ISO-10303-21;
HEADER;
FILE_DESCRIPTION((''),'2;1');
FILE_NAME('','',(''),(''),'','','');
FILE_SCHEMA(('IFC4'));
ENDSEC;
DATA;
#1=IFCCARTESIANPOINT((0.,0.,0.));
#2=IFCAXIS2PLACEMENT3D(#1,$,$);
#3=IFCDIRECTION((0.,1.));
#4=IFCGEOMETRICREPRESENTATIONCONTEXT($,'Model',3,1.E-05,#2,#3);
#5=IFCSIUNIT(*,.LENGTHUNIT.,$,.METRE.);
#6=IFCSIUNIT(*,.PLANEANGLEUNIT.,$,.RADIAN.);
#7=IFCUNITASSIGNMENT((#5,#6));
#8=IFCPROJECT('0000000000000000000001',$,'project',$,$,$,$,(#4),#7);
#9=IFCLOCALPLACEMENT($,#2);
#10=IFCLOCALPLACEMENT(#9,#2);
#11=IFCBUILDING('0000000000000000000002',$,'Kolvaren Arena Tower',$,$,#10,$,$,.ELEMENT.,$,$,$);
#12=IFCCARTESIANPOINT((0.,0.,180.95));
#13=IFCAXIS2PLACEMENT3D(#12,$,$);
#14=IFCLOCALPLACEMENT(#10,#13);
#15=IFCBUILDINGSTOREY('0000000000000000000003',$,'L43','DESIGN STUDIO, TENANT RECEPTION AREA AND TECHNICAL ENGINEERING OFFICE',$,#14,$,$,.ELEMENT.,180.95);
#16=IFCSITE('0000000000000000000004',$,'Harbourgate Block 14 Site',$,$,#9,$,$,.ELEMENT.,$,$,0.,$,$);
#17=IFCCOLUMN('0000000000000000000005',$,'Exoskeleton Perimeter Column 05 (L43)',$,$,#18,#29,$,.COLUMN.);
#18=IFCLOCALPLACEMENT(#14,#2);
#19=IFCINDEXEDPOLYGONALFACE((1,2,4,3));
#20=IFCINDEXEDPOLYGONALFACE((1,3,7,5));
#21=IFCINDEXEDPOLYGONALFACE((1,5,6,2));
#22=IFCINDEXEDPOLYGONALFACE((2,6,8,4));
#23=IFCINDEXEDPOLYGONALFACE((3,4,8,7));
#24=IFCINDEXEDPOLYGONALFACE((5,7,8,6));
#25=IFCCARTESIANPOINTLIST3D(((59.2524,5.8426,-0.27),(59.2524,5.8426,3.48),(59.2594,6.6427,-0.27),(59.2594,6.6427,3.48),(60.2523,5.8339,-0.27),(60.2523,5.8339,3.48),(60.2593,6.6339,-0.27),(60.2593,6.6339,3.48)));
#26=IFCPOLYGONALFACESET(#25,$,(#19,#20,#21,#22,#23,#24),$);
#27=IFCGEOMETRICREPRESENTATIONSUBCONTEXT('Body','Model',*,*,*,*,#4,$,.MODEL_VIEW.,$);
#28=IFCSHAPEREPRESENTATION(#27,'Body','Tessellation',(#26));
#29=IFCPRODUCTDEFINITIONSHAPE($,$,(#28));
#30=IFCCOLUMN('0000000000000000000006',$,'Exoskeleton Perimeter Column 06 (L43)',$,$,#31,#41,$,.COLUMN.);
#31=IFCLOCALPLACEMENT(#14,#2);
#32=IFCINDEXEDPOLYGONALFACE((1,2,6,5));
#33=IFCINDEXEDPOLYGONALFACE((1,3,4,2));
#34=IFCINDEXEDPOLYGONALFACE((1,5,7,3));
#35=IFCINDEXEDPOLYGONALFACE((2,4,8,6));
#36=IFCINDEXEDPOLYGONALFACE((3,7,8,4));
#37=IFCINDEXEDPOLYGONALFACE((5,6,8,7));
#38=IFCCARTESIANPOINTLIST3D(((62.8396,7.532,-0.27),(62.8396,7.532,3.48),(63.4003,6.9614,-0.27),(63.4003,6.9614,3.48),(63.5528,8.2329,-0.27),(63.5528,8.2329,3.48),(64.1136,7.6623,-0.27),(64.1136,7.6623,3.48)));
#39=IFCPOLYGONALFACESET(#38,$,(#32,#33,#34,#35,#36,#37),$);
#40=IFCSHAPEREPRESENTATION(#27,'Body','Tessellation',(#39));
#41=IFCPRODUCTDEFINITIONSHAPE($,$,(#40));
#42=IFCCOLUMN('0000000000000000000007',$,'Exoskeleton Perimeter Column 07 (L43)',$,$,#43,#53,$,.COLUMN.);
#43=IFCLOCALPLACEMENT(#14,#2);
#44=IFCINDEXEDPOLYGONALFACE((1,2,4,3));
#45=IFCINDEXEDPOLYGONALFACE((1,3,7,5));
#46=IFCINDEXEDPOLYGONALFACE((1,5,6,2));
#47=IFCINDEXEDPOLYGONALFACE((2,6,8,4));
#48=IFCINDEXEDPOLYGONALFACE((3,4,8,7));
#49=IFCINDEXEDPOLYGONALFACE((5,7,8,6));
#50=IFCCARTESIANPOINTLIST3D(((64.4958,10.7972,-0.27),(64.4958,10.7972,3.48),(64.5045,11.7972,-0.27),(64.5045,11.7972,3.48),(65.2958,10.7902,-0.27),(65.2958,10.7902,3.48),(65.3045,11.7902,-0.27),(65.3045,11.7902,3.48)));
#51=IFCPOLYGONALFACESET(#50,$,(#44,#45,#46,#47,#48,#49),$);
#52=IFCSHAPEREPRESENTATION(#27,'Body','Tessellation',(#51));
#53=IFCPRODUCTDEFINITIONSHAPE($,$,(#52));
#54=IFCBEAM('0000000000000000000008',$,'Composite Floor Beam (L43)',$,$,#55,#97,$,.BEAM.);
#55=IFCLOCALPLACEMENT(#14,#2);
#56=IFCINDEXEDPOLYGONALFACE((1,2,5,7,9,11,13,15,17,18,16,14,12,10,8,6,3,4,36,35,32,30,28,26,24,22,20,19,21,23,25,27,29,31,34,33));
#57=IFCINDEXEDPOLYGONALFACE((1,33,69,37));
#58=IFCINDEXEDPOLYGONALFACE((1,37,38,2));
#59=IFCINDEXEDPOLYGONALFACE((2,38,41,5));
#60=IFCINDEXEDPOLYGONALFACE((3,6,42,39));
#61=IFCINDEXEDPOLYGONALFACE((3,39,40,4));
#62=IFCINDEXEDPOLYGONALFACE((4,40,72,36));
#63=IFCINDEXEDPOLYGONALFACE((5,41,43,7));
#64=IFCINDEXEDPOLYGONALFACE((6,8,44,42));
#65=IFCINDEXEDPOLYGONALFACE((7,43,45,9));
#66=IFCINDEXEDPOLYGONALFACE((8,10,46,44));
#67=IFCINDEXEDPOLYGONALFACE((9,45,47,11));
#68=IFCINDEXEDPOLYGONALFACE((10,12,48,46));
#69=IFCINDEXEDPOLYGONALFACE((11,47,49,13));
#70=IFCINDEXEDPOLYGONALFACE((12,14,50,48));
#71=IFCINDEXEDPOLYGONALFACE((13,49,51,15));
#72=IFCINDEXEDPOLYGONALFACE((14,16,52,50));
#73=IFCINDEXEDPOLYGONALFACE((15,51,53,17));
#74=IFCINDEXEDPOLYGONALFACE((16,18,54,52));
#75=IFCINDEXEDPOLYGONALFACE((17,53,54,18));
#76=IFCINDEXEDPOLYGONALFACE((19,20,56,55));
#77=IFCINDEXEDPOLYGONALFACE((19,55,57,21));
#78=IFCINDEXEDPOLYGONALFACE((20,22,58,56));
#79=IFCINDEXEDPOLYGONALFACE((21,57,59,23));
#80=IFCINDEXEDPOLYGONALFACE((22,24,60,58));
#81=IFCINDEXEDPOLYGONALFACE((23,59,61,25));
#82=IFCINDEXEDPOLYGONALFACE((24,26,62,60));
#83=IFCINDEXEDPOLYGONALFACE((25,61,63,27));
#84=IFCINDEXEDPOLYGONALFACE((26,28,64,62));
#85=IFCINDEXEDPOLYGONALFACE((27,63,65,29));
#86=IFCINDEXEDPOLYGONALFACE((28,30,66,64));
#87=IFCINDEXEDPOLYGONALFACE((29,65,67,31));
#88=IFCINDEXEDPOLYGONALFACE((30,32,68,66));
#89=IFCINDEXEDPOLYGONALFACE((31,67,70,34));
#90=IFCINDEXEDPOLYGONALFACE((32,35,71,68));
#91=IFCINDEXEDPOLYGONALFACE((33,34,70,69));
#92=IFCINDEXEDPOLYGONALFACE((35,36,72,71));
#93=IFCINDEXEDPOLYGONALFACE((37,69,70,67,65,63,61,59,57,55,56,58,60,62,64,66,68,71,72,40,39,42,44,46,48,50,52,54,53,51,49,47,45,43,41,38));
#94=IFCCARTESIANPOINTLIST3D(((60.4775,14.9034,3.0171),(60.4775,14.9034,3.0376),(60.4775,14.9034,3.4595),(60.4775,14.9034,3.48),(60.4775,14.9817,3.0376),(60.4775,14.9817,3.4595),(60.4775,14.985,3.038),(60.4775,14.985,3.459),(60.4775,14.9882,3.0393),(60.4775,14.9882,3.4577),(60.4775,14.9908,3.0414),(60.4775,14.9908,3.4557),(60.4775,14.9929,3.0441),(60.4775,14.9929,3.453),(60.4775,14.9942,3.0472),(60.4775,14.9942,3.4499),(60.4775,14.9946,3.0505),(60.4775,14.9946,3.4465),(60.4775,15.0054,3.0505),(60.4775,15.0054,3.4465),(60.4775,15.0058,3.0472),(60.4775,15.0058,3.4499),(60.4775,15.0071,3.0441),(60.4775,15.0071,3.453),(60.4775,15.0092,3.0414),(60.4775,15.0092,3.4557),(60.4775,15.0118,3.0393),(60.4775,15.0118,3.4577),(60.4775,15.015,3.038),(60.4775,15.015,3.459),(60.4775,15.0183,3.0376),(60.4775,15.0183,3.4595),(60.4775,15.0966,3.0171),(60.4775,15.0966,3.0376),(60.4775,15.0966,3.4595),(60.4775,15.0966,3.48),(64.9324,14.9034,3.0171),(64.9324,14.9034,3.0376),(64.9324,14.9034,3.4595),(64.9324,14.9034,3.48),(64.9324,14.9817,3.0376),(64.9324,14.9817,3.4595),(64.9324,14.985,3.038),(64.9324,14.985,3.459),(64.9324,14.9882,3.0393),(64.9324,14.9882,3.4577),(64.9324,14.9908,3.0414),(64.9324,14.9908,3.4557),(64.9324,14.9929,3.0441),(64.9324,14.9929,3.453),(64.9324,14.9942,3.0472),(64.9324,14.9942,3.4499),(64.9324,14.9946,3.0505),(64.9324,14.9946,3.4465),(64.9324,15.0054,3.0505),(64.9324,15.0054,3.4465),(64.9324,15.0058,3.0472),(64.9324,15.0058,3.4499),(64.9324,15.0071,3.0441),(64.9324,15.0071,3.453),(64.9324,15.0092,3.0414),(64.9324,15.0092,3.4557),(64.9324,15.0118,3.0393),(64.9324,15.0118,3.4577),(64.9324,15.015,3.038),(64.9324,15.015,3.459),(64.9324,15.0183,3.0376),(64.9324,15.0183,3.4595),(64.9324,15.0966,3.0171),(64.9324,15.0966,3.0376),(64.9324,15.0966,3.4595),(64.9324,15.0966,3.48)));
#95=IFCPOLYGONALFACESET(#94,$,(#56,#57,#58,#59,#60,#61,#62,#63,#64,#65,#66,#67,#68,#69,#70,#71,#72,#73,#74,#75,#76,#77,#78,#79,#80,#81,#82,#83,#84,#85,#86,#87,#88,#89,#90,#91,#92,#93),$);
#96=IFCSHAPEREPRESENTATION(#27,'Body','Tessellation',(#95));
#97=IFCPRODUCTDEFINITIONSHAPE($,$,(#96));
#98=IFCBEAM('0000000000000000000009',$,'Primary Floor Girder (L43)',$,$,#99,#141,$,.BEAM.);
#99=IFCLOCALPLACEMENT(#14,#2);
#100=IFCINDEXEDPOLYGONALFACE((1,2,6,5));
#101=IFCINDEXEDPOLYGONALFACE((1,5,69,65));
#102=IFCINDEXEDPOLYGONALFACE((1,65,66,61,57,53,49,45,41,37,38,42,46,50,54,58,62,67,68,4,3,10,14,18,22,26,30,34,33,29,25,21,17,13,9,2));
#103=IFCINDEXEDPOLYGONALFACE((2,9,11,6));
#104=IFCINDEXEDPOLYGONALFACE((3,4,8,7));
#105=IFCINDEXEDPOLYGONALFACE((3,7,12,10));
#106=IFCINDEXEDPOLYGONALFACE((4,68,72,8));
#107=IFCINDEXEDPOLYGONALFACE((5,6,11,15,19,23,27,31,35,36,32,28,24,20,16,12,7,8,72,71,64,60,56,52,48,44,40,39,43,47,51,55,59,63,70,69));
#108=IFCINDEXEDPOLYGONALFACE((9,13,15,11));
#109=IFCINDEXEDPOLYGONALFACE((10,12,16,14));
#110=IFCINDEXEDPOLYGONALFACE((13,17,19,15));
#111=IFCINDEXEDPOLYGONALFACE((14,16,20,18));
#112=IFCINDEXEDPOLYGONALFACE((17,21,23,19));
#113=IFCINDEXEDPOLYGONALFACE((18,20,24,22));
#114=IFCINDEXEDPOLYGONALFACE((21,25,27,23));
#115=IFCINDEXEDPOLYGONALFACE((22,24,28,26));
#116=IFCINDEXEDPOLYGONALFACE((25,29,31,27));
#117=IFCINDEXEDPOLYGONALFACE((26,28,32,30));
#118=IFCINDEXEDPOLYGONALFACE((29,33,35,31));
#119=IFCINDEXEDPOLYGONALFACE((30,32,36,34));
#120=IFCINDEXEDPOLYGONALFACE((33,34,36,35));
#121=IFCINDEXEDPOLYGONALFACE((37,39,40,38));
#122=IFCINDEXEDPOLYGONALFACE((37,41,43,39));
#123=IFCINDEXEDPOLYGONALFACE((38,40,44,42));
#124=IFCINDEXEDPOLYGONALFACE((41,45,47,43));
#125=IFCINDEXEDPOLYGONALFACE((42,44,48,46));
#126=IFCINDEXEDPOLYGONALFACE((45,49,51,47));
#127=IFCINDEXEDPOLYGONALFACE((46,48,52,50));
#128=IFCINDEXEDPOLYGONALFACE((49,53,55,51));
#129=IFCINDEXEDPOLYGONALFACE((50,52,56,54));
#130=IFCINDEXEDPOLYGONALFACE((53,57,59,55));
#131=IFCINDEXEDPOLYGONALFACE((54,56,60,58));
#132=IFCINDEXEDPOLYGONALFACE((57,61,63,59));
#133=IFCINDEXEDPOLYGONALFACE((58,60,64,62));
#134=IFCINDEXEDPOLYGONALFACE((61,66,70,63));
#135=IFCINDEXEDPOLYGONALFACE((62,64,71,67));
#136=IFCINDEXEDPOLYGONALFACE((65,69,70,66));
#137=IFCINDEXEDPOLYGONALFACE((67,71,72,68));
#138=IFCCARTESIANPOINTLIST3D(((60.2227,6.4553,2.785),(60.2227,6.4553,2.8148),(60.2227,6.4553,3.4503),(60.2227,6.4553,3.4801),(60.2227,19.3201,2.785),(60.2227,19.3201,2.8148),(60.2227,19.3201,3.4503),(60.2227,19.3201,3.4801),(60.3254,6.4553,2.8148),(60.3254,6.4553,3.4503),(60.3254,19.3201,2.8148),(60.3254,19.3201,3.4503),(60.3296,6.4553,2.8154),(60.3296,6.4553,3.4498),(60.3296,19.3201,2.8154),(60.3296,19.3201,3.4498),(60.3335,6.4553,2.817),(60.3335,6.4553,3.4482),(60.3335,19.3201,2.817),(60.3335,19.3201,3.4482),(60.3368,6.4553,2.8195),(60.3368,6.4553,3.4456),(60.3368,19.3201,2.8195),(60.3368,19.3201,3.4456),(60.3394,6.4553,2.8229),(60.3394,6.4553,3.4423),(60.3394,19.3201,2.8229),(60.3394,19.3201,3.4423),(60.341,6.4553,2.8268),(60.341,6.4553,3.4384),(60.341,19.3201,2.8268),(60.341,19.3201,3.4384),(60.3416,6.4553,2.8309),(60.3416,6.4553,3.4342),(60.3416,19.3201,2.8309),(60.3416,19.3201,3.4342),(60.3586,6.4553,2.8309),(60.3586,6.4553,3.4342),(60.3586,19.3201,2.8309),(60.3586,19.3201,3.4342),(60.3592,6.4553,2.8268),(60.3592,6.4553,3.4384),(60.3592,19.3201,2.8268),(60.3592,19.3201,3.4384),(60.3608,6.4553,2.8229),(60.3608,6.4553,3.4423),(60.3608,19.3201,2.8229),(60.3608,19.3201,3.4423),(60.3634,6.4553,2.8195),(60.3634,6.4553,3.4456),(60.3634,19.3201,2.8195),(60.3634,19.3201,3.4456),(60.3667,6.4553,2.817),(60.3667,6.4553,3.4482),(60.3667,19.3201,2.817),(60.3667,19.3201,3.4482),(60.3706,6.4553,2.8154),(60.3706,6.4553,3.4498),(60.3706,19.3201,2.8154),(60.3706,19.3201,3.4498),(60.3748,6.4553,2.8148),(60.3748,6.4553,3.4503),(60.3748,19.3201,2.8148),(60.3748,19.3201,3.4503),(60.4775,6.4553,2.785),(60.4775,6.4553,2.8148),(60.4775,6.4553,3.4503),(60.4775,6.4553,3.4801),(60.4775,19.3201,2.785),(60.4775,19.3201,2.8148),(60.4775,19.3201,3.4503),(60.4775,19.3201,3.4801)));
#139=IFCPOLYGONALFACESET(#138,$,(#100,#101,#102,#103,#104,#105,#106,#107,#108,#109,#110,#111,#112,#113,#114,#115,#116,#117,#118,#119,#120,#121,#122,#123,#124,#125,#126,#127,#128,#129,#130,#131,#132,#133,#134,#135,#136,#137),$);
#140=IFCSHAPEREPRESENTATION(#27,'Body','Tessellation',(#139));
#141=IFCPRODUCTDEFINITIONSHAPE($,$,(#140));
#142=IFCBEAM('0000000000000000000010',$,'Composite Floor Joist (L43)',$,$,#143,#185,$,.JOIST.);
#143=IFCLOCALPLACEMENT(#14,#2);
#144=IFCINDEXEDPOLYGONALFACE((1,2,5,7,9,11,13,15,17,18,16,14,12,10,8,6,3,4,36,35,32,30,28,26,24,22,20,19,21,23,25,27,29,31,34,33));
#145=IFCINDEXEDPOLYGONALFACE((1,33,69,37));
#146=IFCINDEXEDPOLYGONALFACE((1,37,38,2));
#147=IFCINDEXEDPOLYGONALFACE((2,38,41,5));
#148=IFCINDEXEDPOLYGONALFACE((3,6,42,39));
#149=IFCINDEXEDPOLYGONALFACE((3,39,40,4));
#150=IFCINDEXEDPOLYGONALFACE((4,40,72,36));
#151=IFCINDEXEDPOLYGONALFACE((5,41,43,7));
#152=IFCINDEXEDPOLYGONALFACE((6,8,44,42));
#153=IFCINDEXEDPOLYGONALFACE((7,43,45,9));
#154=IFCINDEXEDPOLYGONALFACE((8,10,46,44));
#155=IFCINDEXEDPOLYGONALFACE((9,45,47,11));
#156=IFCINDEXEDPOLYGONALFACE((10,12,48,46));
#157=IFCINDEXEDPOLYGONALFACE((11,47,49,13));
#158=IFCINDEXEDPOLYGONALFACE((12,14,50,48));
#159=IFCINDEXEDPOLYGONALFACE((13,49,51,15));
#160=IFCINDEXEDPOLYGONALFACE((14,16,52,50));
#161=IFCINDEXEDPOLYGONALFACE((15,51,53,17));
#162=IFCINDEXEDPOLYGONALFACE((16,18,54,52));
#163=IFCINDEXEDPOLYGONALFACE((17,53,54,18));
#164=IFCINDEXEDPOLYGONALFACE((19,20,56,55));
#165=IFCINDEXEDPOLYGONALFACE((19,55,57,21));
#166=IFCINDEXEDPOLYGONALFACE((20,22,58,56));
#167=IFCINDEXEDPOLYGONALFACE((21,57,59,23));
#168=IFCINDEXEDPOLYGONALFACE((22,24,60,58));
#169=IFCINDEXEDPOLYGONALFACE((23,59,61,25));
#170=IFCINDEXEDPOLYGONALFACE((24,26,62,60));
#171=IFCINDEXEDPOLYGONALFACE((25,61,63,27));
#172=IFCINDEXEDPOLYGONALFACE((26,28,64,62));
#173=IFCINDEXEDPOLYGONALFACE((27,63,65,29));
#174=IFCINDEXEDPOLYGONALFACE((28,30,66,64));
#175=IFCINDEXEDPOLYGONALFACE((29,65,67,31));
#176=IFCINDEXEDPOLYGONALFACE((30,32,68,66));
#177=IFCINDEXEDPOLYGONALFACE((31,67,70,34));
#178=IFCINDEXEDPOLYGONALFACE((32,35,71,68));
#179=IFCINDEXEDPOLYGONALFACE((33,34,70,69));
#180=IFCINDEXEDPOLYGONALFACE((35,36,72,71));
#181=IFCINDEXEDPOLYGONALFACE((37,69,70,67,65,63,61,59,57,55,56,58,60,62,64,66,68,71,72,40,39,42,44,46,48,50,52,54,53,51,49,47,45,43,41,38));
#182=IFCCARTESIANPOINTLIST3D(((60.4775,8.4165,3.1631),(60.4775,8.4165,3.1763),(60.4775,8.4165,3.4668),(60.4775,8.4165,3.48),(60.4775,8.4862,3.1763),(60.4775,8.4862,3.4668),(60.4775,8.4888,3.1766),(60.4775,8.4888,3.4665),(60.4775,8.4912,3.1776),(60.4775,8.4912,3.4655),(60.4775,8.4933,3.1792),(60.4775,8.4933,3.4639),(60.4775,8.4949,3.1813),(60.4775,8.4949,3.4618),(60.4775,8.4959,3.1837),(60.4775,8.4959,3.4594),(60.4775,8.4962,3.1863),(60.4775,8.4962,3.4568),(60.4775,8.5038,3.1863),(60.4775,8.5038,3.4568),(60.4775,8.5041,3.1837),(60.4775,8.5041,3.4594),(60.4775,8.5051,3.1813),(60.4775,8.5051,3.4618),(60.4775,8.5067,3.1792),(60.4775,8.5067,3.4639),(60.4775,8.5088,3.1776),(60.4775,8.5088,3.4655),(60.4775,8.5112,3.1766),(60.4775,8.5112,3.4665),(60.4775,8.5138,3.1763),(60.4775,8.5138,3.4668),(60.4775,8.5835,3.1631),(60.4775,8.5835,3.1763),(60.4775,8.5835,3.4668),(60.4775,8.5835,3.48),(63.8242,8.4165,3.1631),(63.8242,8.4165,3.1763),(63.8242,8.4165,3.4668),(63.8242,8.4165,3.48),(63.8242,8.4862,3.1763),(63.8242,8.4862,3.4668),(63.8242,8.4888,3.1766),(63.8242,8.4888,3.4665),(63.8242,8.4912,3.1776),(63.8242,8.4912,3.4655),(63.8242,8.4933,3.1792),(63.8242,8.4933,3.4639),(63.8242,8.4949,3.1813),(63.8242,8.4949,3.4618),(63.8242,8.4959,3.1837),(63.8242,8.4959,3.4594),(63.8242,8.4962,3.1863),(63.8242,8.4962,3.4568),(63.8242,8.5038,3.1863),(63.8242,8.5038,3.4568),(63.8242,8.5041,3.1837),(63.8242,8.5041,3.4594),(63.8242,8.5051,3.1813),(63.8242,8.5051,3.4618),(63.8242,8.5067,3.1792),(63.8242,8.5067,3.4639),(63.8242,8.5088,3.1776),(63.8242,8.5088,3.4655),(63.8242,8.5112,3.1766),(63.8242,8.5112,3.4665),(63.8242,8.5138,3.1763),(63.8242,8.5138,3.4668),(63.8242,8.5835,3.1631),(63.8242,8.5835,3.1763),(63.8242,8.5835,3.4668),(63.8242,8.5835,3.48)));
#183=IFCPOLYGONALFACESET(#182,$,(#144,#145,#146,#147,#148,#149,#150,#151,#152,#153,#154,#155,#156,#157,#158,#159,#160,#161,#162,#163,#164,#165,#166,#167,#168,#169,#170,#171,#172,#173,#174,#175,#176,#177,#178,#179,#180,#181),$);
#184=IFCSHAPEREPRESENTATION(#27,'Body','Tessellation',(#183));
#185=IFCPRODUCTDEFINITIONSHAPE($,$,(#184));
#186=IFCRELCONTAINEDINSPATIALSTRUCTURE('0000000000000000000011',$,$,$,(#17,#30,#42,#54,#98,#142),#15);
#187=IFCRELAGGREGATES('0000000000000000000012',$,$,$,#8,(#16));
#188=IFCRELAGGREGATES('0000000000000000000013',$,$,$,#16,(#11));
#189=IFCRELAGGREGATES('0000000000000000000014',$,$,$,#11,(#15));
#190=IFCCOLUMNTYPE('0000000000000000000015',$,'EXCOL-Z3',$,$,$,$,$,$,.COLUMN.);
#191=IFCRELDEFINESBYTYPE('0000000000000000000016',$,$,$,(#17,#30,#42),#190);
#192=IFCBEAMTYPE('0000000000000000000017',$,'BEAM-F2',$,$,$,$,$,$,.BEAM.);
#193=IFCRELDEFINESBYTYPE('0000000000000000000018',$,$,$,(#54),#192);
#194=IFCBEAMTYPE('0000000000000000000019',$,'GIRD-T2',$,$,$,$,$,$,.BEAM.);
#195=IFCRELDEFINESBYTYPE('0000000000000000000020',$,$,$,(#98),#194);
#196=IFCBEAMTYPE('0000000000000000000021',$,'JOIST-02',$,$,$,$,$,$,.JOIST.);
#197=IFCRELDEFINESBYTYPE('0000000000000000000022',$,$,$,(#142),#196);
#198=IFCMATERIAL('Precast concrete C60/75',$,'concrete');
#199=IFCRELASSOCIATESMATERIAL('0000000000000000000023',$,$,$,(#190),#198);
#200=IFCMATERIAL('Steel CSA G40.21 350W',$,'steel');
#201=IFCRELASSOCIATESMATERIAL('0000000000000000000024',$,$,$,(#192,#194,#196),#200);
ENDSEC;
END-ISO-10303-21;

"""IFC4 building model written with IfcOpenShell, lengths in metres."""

from ifc_helpers import new_model, si_unit, direction, frame, origin, origin_2d, place, context, subcontext, project, spatial, rectangle, i_section, extrude, material, material_profile, profile_set, type_object, element, save


model = new_model("IFC4")

# Units and contexts
model_context = context("Model", 3, precision=1e-05, world=origin(), true_north=direction((0.0, 1.0)))
body_context = subcontext(model_context, "Body", "Model", "MODEL_VIEW")
ifc_project = project(units=[si_unit("LENGTHUNIT", "METRE"), si_unit("PLANEANGLEUNIT", "RADIAN")], contexts=[model_context])

# Site, building, storey
site_placement = place(None, origin())
site = spatial("IfcSite", under=ifc_project, at=site_placement, Name="Harbourgate Block 14 Site", CompositionType="ELEMENT", RefElevation=0.0)
building_placement = place(site_placement, origin())
building = spatial("IfcBuilding", under=site, at=building_placement, Name="Kolvaren Arena Tower", CompositionType="ELEMENT")
storey_placement = place(building_placement, frame((0.0, 0.0, 180.95)))
storey = spatial("IfcBuildingStorey", under=building, at=storey_placement, Name="L43", Description="DESIGN STUDIO, TENANT RECEPTION AREA AND TECHNICAL ENGINEERING OFFICE", CompositionType="ELEMENT", Elevation=180.95)

# Columns
ifc_material_1 = material(Name="Precast concrete C60/75", Category="concrete")
ifc_material_profile_1 = material_profile(ifc_material_1, rectangle(XDim=1.0, YDim=0.8, at=origin_2d()), Name="RC-1000x800")
ifc_profile_set_1 = profile_set([ifc_material_profile_1], Name="Precast concrete C60/75")
column_type = type_object("IfcColumnType", Name="EXCOL-Z3", PredefinedType="COLUMN", material=ifc_profile_set_1)
for number, where, z_axis, x_axis, name in (
    (1, (59.7559, 6.2383, -0.27), (0.0, 0.0, 1.0), (0.999962, -0.008727, 0.0), "Exoskeleton Perimeter Column 05 (L43)"),
    (2, (63.4766, 7.5972, -0.27), (0.0, 0.0, 1.0), (0.71325, 0.700909, 0.0), "Exoskeleton Perimeter Column 06 (L43)"),
    (3, (64.9001, 11.2937, -0.27), (0.0, 0.0, 1.0), (0.008727, 0.999962, 0.0), "Exoskeleton Perimeter Column 07 (L43)"),
):
    element("IfcColumn", number, at=place(storey_placement, frame(where, z_axis=z_axis, x_axis=x_axis)), inside=storey, type_object=column_type, Name=name, PredefinedType="COLUMN", context=body_context, shape_type="SweptSolid", body=[
        extrude(rectangle(XDim=1.0, YDim=0.8, at=origin_2d()), origin(), (0.0, 0.0, 1.0), 3.75),
    ])

# Beams
ifc_material_2 = material(Name="Steel CSA G40.21 350W", Category="steel")
ifc_material_profile_2 = material_profile(ifc_material_2, i_section(OverallWidth=0.1931, OverallDepth=0.4629, WebThickness=0.0107, FlangeThickness=0.0205, FilletRadius=0.0129, at=origin_2d()), Name="W460x113")
ifc_profile_set_2 = profile_set([ifc_material_profile_2], Name="Steel CSA G40.21 350W")
beam_type_1 = type_object("IfcBeamType", Name="BEAM-F2", PredefinedType="BEAM", material=ifc_profile_set_2)
beam_1_placement = place(storey_placement, frame((60.4775, 15.0, 3.2485), z_axis=(1.0, 0.0, 0.0), x_axis=(0.0, 1.0, 0.0)))
element("IfcBeam", 4, at=beam_1_placement, inside=storey, type_object=beam_type_1, Name="Composite Floor Beam (L43)", PredefinedType="BEAM", context=body_context, shape_type="SweptSolid", body=[
    extrude(i_section(OverallWidth=0.1931, OverallDepth=0.4629, WebThickness=0.0107, FlangeThickness=0.0205, FilletRadius=0.0129, at=origin_2d()), origin(), (0.0, 0.0, 1.0), 4.4548),
])
ifc_material_profile_3 = material_profile(ifc_material_2, i_section(OverallWidth=0.2549, OverallDepth=0.6951, WebThickness=0.0171, FlangeThickness=0.0298, FilletRadius=0.0161, at=origin_2d()), Name="W690x217")
ifc_profile_set_3 = profile_set([ifc_material_profile_3], Name="Steel CSA G40.21 350W")
beam_type_2 = type_object("IfcBeamType", Name="GIRD-T2", PredefinedType="BEAM", material=ifc_profile_set_3)
beam_2_placement = place(storey_placement, frame((60.3501, 6.4553, 3.1326), z_axis=(0.0, 1.0, 0.0), x_axis=(-1.0, 0.0, 0.0)))
element("IfcBeam", 5, at=beam_2_placement, inside=storey, type_object=beam_type_2, Name="Primary Floor Girder (L43)", PredefinedType="BEAM", context=body_context, shape_type="SweptSolid", body=[
    extrude(i_section(OverallWidth=0.2549, OverallDepth=0.6951, WebThickness=0.0171, FlangeThickness=0.0298, FilletRadius=0.0161, at=origin_2d()), origin(), (0.0, 0.0, 1.0), 12.8647),
])
ifc_material_profile_4 = material_profile(ifc_material_2, i_section(OverallWidth=0.167, OverallDepth=0.3169, WebThickness=0.0076, FlangeThickness=0.0132, FilletRadius=0.01, at=origin_2d()), Name="W310x52")
ifc_profile_set_4 = profile_set([ifc_material_profile_4], Name="Steel CSA G40.21 350W")
beam_type_3 = type_object("IfcBeamType", Name="JOIST-02", PredefinedType="JOIST", material=ifc_profile_set_4)
beam_3_placement = place(storey_placement, frame((60.4775, 8.5, 3.3215), z_axis=(1.0, 0.0, 0.0), x_axis=(0.0, 1.0, 0.0)))
element("IfcBeam", 6, at=beam_3_placement, inside=storey, type_object=beam_type_3, Name="Composite Floor Joist (L43)", PredefinedType="JOIST", context=body_context, shape_type="SweptSolid", body=[
    extrude(i_section(OverallWidth=0.167, OverallDepth=0.3169, WebThickness=0.0076, FlangeThickness=0.0132, FilletRadius=0.01, at=origin_2d()), origin(), (0.0, 0.0, 1.0), 3.3467),
])

save(model, "model.ifc")
